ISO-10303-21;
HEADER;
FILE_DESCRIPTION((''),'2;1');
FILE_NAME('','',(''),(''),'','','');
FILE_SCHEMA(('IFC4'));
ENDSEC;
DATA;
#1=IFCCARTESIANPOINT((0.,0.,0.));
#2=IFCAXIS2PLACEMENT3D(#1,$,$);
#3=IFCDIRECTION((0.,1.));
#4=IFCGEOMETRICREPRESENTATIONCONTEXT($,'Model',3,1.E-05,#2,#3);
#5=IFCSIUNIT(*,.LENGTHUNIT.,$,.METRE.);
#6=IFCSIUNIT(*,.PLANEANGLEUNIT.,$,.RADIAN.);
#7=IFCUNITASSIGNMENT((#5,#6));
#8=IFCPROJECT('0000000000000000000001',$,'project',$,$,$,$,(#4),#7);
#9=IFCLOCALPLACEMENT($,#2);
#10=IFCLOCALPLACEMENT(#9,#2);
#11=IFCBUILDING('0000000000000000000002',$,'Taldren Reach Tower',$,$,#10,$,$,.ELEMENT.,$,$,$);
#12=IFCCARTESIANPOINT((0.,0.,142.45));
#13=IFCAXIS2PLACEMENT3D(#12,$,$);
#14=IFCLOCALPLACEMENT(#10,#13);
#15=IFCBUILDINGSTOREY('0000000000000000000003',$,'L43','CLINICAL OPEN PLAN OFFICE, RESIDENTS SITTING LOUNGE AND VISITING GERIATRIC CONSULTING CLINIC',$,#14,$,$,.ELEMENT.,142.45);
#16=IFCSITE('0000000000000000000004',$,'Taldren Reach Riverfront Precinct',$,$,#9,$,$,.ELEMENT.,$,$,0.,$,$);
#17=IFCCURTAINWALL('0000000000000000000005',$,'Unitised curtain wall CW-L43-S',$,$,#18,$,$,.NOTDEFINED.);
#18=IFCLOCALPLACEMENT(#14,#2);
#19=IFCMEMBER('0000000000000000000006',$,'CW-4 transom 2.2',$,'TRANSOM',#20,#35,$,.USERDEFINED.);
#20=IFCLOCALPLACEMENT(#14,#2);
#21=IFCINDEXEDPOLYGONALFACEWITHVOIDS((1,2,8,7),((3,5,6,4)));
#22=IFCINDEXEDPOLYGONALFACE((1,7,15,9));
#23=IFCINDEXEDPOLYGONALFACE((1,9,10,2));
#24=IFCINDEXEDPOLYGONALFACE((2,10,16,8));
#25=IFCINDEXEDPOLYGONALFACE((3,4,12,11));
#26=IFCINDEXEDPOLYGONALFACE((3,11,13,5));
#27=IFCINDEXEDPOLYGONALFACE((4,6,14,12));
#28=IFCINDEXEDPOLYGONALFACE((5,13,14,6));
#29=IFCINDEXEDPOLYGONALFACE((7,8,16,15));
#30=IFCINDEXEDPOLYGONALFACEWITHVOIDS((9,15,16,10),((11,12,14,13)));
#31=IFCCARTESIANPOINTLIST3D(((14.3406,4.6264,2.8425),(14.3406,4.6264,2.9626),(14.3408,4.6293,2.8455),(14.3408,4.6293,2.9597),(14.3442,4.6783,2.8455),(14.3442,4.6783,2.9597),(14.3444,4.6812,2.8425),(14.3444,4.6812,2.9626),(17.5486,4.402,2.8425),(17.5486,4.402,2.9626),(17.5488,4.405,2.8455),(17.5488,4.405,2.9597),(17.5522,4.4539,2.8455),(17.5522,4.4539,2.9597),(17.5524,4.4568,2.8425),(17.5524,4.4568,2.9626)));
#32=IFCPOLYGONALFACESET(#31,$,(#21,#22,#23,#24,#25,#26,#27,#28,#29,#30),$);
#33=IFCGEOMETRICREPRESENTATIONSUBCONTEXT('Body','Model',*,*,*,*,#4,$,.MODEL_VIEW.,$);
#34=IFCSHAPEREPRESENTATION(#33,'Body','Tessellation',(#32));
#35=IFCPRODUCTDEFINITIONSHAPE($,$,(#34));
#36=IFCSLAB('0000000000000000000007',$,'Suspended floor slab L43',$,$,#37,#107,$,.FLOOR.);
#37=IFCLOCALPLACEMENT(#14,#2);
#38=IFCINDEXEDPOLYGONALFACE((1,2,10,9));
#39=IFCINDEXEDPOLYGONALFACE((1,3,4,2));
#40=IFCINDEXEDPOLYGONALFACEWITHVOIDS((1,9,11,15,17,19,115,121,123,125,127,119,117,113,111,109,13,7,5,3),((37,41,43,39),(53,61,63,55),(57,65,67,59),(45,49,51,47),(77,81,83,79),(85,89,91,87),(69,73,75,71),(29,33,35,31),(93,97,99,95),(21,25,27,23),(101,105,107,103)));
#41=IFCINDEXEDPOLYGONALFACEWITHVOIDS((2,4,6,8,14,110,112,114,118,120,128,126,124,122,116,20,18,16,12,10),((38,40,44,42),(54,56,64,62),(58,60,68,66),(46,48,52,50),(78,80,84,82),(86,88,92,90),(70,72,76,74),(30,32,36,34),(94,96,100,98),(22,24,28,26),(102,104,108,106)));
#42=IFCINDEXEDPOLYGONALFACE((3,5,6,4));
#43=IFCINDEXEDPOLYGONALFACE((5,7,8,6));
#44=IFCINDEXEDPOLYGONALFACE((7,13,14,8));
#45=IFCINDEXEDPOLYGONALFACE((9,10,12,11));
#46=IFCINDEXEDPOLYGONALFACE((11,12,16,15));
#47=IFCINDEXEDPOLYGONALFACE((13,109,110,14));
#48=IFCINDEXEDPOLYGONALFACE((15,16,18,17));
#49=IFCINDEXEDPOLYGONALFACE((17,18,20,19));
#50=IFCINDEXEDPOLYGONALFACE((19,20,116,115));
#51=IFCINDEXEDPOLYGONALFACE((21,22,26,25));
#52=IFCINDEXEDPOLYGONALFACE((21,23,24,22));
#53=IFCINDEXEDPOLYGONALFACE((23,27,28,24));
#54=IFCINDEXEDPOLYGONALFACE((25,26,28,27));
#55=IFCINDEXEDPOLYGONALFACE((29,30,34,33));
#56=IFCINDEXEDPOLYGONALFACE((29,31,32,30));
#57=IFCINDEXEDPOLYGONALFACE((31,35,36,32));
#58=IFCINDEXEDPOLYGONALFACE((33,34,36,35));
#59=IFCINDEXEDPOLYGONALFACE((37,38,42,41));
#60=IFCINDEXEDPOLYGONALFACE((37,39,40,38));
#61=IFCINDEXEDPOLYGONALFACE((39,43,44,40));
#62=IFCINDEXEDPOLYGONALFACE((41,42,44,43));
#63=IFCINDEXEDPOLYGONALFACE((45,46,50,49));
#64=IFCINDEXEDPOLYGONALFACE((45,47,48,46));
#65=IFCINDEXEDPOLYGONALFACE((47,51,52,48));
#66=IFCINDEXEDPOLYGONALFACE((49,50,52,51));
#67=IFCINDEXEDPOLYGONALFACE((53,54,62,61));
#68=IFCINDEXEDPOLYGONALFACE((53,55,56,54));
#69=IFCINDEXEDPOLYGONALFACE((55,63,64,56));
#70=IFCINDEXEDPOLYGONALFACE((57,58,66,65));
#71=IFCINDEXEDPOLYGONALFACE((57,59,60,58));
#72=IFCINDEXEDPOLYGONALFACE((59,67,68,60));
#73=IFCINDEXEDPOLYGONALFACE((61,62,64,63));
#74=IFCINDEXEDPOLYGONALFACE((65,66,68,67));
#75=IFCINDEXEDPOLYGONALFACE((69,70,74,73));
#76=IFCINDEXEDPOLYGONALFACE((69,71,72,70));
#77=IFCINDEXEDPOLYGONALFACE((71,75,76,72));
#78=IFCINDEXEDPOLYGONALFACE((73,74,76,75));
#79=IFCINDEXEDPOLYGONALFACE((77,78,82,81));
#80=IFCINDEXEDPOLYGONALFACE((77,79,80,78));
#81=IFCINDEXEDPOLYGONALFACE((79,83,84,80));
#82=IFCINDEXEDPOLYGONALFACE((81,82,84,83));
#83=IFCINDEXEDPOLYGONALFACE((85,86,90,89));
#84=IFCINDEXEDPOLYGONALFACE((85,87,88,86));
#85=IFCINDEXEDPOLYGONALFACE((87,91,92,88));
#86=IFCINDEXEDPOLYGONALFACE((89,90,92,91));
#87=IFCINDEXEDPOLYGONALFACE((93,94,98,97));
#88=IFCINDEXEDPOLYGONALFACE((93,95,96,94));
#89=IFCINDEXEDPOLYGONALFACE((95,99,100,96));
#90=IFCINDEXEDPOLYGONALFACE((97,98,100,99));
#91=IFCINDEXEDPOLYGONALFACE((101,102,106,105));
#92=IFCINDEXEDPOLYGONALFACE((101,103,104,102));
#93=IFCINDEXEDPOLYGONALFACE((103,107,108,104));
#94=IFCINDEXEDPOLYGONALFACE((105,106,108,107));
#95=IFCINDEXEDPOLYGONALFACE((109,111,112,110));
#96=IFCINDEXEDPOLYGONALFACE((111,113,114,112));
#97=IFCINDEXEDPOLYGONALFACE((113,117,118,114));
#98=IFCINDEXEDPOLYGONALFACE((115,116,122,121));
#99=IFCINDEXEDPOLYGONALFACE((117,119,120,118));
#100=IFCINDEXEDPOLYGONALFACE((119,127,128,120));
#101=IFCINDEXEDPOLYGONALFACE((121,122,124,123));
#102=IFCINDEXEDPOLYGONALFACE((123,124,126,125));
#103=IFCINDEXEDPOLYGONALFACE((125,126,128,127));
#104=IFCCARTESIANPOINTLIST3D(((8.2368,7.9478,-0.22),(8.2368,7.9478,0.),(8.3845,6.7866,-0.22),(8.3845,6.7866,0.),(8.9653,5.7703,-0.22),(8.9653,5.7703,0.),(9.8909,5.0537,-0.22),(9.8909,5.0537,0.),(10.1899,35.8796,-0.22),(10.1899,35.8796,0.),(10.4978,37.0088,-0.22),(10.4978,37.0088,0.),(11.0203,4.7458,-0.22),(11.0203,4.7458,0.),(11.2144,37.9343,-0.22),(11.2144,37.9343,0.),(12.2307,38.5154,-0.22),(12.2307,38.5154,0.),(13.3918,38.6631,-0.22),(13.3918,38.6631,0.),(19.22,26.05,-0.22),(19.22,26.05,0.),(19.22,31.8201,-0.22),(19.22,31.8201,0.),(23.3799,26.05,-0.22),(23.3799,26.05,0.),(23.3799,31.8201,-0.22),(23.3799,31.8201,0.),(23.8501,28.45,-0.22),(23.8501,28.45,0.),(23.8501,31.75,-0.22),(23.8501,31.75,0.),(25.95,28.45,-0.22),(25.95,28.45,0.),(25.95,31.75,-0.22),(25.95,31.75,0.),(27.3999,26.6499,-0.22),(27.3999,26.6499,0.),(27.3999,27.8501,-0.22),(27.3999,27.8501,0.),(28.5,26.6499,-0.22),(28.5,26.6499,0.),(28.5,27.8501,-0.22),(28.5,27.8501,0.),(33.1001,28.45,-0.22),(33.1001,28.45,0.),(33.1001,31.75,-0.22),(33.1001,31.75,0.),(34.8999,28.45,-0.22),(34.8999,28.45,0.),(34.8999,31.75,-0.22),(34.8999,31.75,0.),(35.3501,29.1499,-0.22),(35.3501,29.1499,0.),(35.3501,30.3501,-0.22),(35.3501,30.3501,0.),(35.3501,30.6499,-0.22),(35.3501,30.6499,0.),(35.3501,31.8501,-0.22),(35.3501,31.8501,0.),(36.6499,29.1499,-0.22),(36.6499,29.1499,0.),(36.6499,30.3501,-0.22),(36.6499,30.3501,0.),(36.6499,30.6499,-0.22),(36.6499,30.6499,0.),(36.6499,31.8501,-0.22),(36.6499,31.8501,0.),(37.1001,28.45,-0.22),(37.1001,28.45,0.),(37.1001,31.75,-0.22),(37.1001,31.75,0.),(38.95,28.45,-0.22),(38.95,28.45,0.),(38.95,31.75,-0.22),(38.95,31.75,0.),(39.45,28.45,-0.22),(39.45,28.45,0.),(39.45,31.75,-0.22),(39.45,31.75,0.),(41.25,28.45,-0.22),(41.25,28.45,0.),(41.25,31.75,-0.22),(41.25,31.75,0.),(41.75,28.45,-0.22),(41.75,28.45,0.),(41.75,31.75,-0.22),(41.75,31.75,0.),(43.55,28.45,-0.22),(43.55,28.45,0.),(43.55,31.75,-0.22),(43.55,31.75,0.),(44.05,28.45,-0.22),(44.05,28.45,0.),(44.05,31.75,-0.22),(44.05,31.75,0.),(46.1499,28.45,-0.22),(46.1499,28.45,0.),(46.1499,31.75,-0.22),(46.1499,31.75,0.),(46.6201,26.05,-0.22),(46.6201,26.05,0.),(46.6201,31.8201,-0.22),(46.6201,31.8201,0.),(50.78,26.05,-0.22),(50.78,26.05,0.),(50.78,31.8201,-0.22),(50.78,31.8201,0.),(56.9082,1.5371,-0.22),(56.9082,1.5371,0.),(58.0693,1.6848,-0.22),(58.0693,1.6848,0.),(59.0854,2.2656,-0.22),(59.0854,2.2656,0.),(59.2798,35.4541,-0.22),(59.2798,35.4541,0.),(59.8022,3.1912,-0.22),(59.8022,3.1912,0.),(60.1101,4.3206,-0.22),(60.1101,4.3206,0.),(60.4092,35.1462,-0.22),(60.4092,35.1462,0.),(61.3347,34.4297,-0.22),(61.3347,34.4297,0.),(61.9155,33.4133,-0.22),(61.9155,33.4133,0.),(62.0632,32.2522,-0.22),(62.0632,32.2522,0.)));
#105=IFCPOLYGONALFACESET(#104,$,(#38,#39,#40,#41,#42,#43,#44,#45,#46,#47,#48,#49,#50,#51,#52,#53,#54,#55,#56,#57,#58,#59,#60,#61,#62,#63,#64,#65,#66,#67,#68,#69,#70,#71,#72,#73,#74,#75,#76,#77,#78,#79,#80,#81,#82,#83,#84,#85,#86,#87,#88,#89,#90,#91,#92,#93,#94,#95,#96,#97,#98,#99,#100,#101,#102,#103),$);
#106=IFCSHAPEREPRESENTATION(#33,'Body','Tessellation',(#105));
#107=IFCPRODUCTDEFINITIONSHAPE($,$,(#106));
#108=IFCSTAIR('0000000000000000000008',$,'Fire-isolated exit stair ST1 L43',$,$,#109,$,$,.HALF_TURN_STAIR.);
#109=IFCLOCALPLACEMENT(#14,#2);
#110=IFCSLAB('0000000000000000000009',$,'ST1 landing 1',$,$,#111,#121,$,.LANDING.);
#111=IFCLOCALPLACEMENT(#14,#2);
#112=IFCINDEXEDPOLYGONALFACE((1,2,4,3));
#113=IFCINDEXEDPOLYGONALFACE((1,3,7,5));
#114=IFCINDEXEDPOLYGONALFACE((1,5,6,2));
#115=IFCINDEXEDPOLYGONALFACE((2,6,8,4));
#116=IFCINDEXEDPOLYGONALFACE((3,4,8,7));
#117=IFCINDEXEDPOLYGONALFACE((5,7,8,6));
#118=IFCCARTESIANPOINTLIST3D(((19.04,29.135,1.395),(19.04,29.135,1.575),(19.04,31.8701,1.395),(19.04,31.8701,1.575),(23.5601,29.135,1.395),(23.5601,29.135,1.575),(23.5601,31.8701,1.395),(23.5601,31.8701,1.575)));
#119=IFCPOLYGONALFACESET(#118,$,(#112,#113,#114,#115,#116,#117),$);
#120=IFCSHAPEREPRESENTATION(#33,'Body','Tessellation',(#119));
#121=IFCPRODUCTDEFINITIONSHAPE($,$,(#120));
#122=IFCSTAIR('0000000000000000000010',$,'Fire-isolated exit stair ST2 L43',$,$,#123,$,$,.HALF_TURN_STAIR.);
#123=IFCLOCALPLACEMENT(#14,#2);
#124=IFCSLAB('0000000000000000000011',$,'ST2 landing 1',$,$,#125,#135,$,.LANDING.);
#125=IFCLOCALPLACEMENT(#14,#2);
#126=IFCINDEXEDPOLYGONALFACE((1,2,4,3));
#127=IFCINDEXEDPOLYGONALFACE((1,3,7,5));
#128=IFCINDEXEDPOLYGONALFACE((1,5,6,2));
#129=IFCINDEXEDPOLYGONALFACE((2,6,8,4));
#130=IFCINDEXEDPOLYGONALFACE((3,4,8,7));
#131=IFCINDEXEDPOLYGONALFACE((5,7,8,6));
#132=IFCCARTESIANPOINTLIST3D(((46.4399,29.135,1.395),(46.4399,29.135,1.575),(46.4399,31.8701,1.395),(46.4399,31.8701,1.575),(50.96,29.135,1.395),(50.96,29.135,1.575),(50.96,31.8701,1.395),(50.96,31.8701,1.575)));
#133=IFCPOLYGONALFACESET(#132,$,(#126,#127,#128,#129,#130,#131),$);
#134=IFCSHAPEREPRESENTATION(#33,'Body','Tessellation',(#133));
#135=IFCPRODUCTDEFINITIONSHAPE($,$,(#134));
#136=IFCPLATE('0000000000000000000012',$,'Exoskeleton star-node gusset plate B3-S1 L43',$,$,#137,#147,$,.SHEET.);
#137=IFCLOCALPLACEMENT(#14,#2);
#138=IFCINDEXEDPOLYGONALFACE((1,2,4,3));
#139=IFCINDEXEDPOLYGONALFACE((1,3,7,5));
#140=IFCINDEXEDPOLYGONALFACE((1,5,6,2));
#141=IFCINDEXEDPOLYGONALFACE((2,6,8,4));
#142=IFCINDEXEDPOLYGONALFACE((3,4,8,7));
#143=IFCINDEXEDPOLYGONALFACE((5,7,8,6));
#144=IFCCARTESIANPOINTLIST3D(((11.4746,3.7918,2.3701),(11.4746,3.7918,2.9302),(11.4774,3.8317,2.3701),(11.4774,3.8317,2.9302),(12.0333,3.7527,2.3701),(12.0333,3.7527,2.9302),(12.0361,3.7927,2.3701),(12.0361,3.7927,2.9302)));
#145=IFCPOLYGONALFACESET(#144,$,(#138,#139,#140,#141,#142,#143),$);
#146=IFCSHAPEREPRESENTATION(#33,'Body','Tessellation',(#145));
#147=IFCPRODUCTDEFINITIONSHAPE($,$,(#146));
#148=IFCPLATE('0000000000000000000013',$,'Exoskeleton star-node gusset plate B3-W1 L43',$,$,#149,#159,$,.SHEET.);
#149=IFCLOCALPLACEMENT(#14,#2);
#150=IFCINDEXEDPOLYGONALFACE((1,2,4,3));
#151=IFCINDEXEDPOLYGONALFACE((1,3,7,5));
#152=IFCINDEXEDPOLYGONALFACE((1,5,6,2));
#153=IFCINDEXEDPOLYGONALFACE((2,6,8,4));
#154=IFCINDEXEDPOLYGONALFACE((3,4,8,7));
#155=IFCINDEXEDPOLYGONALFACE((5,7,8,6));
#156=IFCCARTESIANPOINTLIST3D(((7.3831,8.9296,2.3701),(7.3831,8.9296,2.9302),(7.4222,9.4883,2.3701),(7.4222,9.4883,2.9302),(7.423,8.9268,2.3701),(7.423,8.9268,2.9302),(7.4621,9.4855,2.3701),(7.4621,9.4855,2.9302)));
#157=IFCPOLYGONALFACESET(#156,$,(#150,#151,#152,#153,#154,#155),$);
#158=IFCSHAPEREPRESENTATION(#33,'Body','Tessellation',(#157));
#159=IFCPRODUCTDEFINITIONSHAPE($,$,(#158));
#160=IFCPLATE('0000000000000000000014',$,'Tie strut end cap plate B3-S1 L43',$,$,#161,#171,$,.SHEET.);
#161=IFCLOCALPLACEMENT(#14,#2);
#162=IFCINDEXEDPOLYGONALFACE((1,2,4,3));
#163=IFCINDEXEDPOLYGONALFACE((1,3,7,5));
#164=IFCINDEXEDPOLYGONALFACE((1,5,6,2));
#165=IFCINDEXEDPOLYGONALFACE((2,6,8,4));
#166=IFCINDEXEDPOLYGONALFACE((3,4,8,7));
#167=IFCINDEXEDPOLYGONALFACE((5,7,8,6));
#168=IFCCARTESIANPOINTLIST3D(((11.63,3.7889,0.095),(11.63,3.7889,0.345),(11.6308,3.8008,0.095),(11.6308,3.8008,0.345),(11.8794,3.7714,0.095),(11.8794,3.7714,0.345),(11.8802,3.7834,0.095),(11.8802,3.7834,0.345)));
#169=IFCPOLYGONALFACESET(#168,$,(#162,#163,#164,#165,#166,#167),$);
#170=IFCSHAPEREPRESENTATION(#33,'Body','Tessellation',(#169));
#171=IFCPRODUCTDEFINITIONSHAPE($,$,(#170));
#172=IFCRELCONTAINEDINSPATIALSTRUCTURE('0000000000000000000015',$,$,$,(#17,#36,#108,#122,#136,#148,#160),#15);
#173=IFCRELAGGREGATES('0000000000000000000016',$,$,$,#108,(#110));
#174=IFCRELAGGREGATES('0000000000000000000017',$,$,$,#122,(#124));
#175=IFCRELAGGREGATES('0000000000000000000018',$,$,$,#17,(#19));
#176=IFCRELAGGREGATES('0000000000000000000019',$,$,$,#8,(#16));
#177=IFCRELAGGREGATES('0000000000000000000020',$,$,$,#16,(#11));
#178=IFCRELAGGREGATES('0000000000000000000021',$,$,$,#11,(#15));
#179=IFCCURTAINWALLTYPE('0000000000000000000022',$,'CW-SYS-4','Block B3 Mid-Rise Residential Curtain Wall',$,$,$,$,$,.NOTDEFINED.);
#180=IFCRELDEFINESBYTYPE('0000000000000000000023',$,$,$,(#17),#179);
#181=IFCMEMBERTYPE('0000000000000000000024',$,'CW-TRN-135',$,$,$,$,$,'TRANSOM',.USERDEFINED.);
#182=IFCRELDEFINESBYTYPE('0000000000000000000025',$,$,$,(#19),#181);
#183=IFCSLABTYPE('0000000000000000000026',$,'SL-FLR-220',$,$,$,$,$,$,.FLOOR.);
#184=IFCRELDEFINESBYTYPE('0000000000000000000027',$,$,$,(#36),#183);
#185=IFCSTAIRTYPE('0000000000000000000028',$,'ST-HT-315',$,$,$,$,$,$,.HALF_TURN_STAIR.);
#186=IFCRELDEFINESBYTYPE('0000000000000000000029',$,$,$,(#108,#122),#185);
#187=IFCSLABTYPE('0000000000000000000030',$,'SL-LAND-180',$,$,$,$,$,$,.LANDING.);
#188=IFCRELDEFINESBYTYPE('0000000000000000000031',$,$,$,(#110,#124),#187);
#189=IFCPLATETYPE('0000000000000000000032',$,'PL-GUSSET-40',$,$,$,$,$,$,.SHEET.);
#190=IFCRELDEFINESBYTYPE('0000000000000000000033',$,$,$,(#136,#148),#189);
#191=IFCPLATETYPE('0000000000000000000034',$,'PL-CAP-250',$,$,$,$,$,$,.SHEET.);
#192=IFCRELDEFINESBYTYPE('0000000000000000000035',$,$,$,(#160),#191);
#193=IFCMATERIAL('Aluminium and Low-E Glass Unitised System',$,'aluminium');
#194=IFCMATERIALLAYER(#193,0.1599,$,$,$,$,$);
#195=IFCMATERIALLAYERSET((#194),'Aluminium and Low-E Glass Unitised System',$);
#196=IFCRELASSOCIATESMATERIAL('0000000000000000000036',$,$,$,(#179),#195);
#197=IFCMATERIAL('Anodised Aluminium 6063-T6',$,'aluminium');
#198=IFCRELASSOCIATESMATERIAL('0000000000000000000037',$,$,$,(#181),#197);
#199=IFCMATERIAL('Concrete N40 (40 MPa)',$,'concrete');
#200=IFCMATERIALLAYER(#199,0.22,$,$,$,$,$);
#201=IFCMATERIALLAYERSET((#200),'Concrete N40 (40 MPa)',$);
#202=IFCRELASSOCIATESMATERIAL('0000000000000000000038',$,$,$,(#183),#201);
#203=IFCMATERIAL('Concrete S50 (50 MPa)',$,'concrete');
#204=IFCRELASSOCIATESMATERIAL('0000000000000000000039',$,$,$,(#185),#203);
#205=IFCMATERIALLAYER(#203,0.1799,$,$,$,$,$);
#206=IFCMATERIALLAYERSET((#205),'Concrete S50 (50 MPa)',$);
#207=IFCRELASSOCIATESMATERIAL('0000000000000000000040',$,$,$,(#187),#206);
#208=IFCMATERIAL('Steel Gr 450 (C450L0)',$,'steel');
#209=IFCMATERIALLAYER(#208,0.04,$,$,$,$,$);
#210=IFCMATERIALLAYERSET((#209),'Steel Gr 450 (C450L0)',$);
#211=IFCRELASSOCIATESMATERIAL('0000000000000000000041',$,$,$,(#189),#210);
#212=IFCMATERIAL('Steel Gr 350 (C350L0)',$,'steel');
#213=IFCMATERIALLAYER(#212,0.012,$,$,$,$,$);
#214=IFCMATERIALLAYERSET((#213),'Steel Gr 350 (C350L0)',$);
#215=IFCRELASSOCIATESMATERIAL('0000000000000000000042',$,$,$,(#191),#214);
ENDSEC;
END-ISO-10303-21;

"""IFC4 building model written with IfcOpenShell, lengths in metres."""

from ifc_helpers import new_model, si_unit, direction, frame, origin, origin_2d, place, context, subcontext, project, spatial, polyline, rectangle, hollow_rectangle, outline, extrude, source, transform, mapped, material, layer, layer_set, material_profile, profile_set, type_object, element, aggregate, save


model = new_model("IFC4")

# Units and contexts
model_context = context("Model", 3, precision=1e-05, world=origin(), true_north=direction((0.0, 1.0)))
body_context = subcontext(model_context, "Body", "Model", "MODEL_VIEW")
ifc_project = project(units=[si_unit("LENGTHUNIT", "METRE"), si_unit("PLANEANGLEUNIT", "RADIAN")], contexts=[model_context])

# Site, building, storey
site_placement = place(None, origin())
site = spatial("IfcSite", under=ifc_project, at=site_placement, Name="Taldren Reach Riverfront Precinct", CompositionType="ELEMENT", RefElevation=0.0)
building_placement = place(site_placement, origin())
building = spatial("IfcBuilding", under=site, at=building_placement, Name="Taldren Reach Tower", CompositionType="ELEMENT")
storey_placement = place(building_placement, frame((0.0, 0.0, 142.45)))
storey = spatial("IfcBuildingStorey", under=building, at=storey_placement, Name="L43", Description="CLINICAL OPEN PLAN OFFICE, RESIDENTS SITTING LOUNGE AND VISITING GERIATRIC CONSULTING CLINIC", CompositionType="ELEMENT", Elevation=142.45)

# Shared definitions
ifc_material_1 = material(Name="Steel Gr 450 (C450L0)", Category="steel")

# Shared definitions
ifc_material_2 = material(Name="Steel Gr 350 (C350L0)", Category="steel")

# Curtain wall
ifc_material_3 = material(Name="Aluminium and Low-E Glass Unitised System", Category="aluminium")
ifc_layer_1 = layer(ifc_material_3, 0.1599)
ifc_layer_set_1 = layer_set([ifc_layer_1], Name="Aluminium and Low-E Glass Unitised System")
curtain_wall_type = type_object("IfcCurtainWallType", Name="CW-SYS-4", Description="Block B3 Mid-Rise Residential Curtain Wall", PredefinedType="NOTDEFINED", material=ifc_layer_set_1)
curtain_wall_1_placement = place(storey_placement, origin())
curtain_wall_1 = element("IfcCurtainWall", 1, at=curtain_wall_1_placement, inside=storey, type_object=curtain_wall_type, Name="Unitised curtain wall CW-L43-S", PredefinedType="NOTDEFINED")
ifc_material_4 = material(Name="Anodised Aluminium 6063-T6", Category="aluminium")

# Member
ifc_material_profile_1 = material_profile(ifc_material_4, hollow_rectangle(XDim=0.0549, YDim=0.1201, WallThickness=0.0029, at=origin_2d()), Name="ALU-120x55x3RHS")
ifc_profile_set_1 = profile_set([ifc_material_profile_1], Name="Anodised Aluminium 6063-T6")
member_type_1 = type_object("IfcMemberType", Name="CW-TRN-135", ElementType="TRANSOM", PredefinedType="USERDEFINED", material=ifc_profile_set_1)
shared_shape_1 = source(origin(), body_context, "Body", "SweptSolid", [
    extrude(hollow_rectangle(XDim=0.0549, YDim=0.1201, WallThickness=0.0029, at=origin_2d()), origin(), (0.0, 0.0, 1.0), 3.2158),
])
member_1_placement = place(storey_placement, frame((14.3425, 4.6538, 2.9026), z_axis=(0.997563, -0.069769, 0.0), x_axis=(0.069769, 0.997563, 0.0)))
member_1 = element("IfcMember", 2, at=member_1_placement, type_object=member_type_1, Name="CW-4 transom 2.2", ObjectType="TRANSOM", PredefinedType="USERDEFINED", context=body_context, shape_type="MappedRepresentation", body=[
    mapped(shared_shape_1, transform((0.0, 0.0, 0.0), scale=1.0)),
])

# Slab
ifc_material_5 = material(Name="Concrete N40 (40 MPa)", Category="concrete")
ifc_layer_2 = layer(ifc_material_5, 0.22)
ifc_layer_set_2 = layer_set([ifc_layer_2], Name="Concrete N40 (40 MPa)")
slab_type_1 = type_object("IfcSlabType", Name="SL-FLR-220", PredefinedType="FLOOR", material=ifc_layer_set_2)
slab_1_placement = place(storey_placement, frame((0.0, 0.0, -0.22)))
element("IfcSlab", 3, at=slab_1_placement, inside=storey, type_object=slab_type_1, Name="Suspended floor slab L43", PredefinedType="FLOOR", context=body_context, shape_type="SweptSolid", body=[
    extrude(outline(polyline([(56.9082, 1.5371), (58.0693, 1.6848), (59.0854, 2.2656), (59.8022, 3.1912), (60.1101, 4.3206), (62.0632, 32.2522), (61.9155, 33.4133), (61.3347, 34.4297), (60.4092, 35.1462), (59.2798, 35.4541), (13.3918, 38.6631), (12.2307, 38.5154), (11.2144, 37.9343), (10.4978, 37.0088), (10.1899, 35.8796), (8.2368, 7.9478), (8.3845, 6.7866), (8.9653, 5.7703), (9.8909, 5.0537), (11.0203, 4.7458), (56.9082, 1.5371)]), holes=[polyline([(19.22, 26.05), (23.3799, 26.05), (23.3799, 31.8201), (19.22, 31.8201), (19.22, 26.05)]), polyline([(46.6201, 26.05), (50.78, 26.05), (50.78, 31.8201), (46.6201, 31.8201), (46.6201, 26.05)]), polyline([(23.8501, 28.45), (25.95, 28.45), (25.95, 31.75), (23.8501, 31.75), (23.8501, 28.45)]), polyline([(44.05, 28.45), (46.1499, 28.45), (46.1499, 31.75), (44.05, 31.75), (44.05, 28.45)]), polyline([(33.1001, 28.45), (34.8999, 28.45), (34.8999, 31.75), (33.1001, 31.75), (33.1001, 28.45)]), polyline([(37.1001, 28.45), (38.95, 28.45), (38.95, 31.75), (37.1001, 31.75), (37.1001, 28.45)]), polyline([(39.45, 28.45), (41.25, 28.45), (41.25, 31.75), (39.45, 31.75), (39.45, 28.45)]), polyline([(41.75, 28.45), (43.55, 28.45), (43.55, 31.75), (41.75, 31.75), (41.75, 28.45)]), polyline([(35.3501, 30.6499), (36.6499, 30.6499), (36.6499, 31.8501), (35.3501, 31.8501), (35.3501, 30.6499)]), polyline([(35.3501, 29.1499), (36.6499, 29.1499), (36.6499, 30.3501), (35.3501, 30.3501), (35.3501, 29.1499)]), polyline([(27.3999, 26.6499), (28.5, 26.6499), (28.5, 27.8501), (27.3999, 27.8501), (27.3999, 26.6499)])]), origin(), (0.0, 0.0, 1.0), 0.22),
])

# Stairs, slabs
ifc_material_6 = material(Name="Concrete S50 (50 MPa)", Category="concrete")
stair_type = type_object("IfcStairType", Name="ST-HT-315", PredefinedType="HALF_TURN_STAIR", material=ifc_material_6)
stair_1_placement = place(storey_placement, origin())
stair_1 = element("IfcStair", 4, at=stair_1_placement, inside=storey, type_object=stair_type, Name="Fire-isolated exit stair ST1 L43", PredefinedType="HALF_TURN_STAIR")
ifc_layer_3 = layer(ifc_material_6, 0.1799)
ifc_layer_set_3 = layer_set([ifc_layer_3], Name="Concrete S50 (50 MPa)")
slab_type_2 = type_object("IfcSlabType", Name="SL-LAND-180", PredefinedType="LANDING", material=ifc_layer_set_3)
slab_2_placement = place(storey_placement, frame((0.0, 0.0, 1.395)))
slab_2 = element("IfcSlab", 5, at=slab_2_placement, type_object=slab_type_2, Name="ST1 landing 1", PredefinedType="LANDING", context=body_context, shape_type="SweptSolid", body=[
    extrude(outline(polyline([(19.04, 29.135), (23.5601, 29.135), (23.5601, 31.8701), (19.04, 31.8701), (19.04, 29.135)])), origin(), (0.0, 0.0, 1.0), 0.1799),
])
aggregate(stair_1, [slab_2])
stair_2_placement = place(storey_placement, origin())
stair_2 = element("IfcStair", 6, at=stair_2_placement, inside=storey, type_object=stair_type, Name="Fire-isolated exit stair ST2 L43", PredefinedType="HALF_TURN_STAIR")
slab_3_placement = place(storey_placement, frame((0.0, 0.0, 1.395)))
slab_3 = element("IfcSlab", 7, at=slab_3_placement, type_object=slab_type_2, Name="ST2 landing 1", PredefinedType="LANDING", context=body_context, shape_type="SweptSolid", body=[
    extrude(outline(polyline([(46.4399, 29.135), (50.96, 29.135), (50.96, 31.8701), (46.4399, 31.8701), (46.4399, 29.135)])), origin(), (0.0, 0.0, 1.0), 0.1799),
])
aggregate(stair_2, [slab_3])

# Plates
ifc_layer_4 = layer(ifc_material_1, 0.04)
ifc_layer_set_4 = layer_set([ifc_layer_4], Name="Steel Gr 450 (C450L0)")
plate_type_1 = type_object("IfcPlateType", Name="PL-GUSSET-40", PredefinedType="SHEET", material=ifc_layer_set_4)
shared_shape_2 = source(origin(), body_context, "Body", "SweptSolid", [
    extrude(rectangle(XDim=0.5601, YDim=0.04, at=origin_2d()), origin(), (0.0, 0.0, 1.0), 0.5601),
])
for number, where, z_axis, x_axis, name in (
    (8, (11.7554, 3.7922, 2.3701), (0.0, 0.0, 1.0), (0.997564, -0.069756, 0.0), "Exoskeleton star-node gusset plate B3-S1 L43"),
    (9, (7.4226, 9.2075, 2.3701), (0.0, 0.0, 1.0), (0.069756, 0.997564, 0.0), "Exoskeleton star-node gusset plate B3-W1 L43"),
):
    element("IfcPlate", number, at=place(storey_placement, frame(where, z_axis=z_axis, x_axis=x_axis)), inside=storey, type_object=plate_type_1, Name=name, PredefinedType="SHEET", context=body_context, shape_type="MappedRepresentation", body=[
        mapped(shared_shape_2, transform((0.0, 0.0, 0.0), scale=1.0)),
    ])
ifc_layer_5 = layer(ifc_material_2, 0.012)
ifc_layer_set_5 = layer_set([ifc_layer_5], Name="Steel Gr 350 (C350L0)")
plate_type_2 = type_object("IfcPlateType", Name="PL-CAP-250", PredefinedType="SHEET", material=ifc_layer_set_5)
shared_shape_3 = source(origin(), body_context, "Body", "SweptSolid", [
    extrude(rectangle(XDim=0.25, YDim=0.012, at=origin_2d()), origin(), (0.0, 0.0, 1.0), 0.25),
])
plate_1_placement = place(storey_placement, frame((11.7551, 3.7861, 0.095), z_axis=(0.0, 0.0, 1.0), x_axis=(0.997564, -0.069756, 0.0)))
element("IfcPlate", 10, at=plate_1_placement, inside=storey, type_object=plate_type_2, Name="Tie strut end cap plate B3-S1 L43", PredefinedType="SHEET", context=body_context, shape_type="MappedRepresentation", body=[
    mapped(shared_shape_3, transform((0.0, 0.0, 0.0), scale=1.0)),
])

aggregate(curtain_wall_1, [member_1])

save(model, "model.ifc")
